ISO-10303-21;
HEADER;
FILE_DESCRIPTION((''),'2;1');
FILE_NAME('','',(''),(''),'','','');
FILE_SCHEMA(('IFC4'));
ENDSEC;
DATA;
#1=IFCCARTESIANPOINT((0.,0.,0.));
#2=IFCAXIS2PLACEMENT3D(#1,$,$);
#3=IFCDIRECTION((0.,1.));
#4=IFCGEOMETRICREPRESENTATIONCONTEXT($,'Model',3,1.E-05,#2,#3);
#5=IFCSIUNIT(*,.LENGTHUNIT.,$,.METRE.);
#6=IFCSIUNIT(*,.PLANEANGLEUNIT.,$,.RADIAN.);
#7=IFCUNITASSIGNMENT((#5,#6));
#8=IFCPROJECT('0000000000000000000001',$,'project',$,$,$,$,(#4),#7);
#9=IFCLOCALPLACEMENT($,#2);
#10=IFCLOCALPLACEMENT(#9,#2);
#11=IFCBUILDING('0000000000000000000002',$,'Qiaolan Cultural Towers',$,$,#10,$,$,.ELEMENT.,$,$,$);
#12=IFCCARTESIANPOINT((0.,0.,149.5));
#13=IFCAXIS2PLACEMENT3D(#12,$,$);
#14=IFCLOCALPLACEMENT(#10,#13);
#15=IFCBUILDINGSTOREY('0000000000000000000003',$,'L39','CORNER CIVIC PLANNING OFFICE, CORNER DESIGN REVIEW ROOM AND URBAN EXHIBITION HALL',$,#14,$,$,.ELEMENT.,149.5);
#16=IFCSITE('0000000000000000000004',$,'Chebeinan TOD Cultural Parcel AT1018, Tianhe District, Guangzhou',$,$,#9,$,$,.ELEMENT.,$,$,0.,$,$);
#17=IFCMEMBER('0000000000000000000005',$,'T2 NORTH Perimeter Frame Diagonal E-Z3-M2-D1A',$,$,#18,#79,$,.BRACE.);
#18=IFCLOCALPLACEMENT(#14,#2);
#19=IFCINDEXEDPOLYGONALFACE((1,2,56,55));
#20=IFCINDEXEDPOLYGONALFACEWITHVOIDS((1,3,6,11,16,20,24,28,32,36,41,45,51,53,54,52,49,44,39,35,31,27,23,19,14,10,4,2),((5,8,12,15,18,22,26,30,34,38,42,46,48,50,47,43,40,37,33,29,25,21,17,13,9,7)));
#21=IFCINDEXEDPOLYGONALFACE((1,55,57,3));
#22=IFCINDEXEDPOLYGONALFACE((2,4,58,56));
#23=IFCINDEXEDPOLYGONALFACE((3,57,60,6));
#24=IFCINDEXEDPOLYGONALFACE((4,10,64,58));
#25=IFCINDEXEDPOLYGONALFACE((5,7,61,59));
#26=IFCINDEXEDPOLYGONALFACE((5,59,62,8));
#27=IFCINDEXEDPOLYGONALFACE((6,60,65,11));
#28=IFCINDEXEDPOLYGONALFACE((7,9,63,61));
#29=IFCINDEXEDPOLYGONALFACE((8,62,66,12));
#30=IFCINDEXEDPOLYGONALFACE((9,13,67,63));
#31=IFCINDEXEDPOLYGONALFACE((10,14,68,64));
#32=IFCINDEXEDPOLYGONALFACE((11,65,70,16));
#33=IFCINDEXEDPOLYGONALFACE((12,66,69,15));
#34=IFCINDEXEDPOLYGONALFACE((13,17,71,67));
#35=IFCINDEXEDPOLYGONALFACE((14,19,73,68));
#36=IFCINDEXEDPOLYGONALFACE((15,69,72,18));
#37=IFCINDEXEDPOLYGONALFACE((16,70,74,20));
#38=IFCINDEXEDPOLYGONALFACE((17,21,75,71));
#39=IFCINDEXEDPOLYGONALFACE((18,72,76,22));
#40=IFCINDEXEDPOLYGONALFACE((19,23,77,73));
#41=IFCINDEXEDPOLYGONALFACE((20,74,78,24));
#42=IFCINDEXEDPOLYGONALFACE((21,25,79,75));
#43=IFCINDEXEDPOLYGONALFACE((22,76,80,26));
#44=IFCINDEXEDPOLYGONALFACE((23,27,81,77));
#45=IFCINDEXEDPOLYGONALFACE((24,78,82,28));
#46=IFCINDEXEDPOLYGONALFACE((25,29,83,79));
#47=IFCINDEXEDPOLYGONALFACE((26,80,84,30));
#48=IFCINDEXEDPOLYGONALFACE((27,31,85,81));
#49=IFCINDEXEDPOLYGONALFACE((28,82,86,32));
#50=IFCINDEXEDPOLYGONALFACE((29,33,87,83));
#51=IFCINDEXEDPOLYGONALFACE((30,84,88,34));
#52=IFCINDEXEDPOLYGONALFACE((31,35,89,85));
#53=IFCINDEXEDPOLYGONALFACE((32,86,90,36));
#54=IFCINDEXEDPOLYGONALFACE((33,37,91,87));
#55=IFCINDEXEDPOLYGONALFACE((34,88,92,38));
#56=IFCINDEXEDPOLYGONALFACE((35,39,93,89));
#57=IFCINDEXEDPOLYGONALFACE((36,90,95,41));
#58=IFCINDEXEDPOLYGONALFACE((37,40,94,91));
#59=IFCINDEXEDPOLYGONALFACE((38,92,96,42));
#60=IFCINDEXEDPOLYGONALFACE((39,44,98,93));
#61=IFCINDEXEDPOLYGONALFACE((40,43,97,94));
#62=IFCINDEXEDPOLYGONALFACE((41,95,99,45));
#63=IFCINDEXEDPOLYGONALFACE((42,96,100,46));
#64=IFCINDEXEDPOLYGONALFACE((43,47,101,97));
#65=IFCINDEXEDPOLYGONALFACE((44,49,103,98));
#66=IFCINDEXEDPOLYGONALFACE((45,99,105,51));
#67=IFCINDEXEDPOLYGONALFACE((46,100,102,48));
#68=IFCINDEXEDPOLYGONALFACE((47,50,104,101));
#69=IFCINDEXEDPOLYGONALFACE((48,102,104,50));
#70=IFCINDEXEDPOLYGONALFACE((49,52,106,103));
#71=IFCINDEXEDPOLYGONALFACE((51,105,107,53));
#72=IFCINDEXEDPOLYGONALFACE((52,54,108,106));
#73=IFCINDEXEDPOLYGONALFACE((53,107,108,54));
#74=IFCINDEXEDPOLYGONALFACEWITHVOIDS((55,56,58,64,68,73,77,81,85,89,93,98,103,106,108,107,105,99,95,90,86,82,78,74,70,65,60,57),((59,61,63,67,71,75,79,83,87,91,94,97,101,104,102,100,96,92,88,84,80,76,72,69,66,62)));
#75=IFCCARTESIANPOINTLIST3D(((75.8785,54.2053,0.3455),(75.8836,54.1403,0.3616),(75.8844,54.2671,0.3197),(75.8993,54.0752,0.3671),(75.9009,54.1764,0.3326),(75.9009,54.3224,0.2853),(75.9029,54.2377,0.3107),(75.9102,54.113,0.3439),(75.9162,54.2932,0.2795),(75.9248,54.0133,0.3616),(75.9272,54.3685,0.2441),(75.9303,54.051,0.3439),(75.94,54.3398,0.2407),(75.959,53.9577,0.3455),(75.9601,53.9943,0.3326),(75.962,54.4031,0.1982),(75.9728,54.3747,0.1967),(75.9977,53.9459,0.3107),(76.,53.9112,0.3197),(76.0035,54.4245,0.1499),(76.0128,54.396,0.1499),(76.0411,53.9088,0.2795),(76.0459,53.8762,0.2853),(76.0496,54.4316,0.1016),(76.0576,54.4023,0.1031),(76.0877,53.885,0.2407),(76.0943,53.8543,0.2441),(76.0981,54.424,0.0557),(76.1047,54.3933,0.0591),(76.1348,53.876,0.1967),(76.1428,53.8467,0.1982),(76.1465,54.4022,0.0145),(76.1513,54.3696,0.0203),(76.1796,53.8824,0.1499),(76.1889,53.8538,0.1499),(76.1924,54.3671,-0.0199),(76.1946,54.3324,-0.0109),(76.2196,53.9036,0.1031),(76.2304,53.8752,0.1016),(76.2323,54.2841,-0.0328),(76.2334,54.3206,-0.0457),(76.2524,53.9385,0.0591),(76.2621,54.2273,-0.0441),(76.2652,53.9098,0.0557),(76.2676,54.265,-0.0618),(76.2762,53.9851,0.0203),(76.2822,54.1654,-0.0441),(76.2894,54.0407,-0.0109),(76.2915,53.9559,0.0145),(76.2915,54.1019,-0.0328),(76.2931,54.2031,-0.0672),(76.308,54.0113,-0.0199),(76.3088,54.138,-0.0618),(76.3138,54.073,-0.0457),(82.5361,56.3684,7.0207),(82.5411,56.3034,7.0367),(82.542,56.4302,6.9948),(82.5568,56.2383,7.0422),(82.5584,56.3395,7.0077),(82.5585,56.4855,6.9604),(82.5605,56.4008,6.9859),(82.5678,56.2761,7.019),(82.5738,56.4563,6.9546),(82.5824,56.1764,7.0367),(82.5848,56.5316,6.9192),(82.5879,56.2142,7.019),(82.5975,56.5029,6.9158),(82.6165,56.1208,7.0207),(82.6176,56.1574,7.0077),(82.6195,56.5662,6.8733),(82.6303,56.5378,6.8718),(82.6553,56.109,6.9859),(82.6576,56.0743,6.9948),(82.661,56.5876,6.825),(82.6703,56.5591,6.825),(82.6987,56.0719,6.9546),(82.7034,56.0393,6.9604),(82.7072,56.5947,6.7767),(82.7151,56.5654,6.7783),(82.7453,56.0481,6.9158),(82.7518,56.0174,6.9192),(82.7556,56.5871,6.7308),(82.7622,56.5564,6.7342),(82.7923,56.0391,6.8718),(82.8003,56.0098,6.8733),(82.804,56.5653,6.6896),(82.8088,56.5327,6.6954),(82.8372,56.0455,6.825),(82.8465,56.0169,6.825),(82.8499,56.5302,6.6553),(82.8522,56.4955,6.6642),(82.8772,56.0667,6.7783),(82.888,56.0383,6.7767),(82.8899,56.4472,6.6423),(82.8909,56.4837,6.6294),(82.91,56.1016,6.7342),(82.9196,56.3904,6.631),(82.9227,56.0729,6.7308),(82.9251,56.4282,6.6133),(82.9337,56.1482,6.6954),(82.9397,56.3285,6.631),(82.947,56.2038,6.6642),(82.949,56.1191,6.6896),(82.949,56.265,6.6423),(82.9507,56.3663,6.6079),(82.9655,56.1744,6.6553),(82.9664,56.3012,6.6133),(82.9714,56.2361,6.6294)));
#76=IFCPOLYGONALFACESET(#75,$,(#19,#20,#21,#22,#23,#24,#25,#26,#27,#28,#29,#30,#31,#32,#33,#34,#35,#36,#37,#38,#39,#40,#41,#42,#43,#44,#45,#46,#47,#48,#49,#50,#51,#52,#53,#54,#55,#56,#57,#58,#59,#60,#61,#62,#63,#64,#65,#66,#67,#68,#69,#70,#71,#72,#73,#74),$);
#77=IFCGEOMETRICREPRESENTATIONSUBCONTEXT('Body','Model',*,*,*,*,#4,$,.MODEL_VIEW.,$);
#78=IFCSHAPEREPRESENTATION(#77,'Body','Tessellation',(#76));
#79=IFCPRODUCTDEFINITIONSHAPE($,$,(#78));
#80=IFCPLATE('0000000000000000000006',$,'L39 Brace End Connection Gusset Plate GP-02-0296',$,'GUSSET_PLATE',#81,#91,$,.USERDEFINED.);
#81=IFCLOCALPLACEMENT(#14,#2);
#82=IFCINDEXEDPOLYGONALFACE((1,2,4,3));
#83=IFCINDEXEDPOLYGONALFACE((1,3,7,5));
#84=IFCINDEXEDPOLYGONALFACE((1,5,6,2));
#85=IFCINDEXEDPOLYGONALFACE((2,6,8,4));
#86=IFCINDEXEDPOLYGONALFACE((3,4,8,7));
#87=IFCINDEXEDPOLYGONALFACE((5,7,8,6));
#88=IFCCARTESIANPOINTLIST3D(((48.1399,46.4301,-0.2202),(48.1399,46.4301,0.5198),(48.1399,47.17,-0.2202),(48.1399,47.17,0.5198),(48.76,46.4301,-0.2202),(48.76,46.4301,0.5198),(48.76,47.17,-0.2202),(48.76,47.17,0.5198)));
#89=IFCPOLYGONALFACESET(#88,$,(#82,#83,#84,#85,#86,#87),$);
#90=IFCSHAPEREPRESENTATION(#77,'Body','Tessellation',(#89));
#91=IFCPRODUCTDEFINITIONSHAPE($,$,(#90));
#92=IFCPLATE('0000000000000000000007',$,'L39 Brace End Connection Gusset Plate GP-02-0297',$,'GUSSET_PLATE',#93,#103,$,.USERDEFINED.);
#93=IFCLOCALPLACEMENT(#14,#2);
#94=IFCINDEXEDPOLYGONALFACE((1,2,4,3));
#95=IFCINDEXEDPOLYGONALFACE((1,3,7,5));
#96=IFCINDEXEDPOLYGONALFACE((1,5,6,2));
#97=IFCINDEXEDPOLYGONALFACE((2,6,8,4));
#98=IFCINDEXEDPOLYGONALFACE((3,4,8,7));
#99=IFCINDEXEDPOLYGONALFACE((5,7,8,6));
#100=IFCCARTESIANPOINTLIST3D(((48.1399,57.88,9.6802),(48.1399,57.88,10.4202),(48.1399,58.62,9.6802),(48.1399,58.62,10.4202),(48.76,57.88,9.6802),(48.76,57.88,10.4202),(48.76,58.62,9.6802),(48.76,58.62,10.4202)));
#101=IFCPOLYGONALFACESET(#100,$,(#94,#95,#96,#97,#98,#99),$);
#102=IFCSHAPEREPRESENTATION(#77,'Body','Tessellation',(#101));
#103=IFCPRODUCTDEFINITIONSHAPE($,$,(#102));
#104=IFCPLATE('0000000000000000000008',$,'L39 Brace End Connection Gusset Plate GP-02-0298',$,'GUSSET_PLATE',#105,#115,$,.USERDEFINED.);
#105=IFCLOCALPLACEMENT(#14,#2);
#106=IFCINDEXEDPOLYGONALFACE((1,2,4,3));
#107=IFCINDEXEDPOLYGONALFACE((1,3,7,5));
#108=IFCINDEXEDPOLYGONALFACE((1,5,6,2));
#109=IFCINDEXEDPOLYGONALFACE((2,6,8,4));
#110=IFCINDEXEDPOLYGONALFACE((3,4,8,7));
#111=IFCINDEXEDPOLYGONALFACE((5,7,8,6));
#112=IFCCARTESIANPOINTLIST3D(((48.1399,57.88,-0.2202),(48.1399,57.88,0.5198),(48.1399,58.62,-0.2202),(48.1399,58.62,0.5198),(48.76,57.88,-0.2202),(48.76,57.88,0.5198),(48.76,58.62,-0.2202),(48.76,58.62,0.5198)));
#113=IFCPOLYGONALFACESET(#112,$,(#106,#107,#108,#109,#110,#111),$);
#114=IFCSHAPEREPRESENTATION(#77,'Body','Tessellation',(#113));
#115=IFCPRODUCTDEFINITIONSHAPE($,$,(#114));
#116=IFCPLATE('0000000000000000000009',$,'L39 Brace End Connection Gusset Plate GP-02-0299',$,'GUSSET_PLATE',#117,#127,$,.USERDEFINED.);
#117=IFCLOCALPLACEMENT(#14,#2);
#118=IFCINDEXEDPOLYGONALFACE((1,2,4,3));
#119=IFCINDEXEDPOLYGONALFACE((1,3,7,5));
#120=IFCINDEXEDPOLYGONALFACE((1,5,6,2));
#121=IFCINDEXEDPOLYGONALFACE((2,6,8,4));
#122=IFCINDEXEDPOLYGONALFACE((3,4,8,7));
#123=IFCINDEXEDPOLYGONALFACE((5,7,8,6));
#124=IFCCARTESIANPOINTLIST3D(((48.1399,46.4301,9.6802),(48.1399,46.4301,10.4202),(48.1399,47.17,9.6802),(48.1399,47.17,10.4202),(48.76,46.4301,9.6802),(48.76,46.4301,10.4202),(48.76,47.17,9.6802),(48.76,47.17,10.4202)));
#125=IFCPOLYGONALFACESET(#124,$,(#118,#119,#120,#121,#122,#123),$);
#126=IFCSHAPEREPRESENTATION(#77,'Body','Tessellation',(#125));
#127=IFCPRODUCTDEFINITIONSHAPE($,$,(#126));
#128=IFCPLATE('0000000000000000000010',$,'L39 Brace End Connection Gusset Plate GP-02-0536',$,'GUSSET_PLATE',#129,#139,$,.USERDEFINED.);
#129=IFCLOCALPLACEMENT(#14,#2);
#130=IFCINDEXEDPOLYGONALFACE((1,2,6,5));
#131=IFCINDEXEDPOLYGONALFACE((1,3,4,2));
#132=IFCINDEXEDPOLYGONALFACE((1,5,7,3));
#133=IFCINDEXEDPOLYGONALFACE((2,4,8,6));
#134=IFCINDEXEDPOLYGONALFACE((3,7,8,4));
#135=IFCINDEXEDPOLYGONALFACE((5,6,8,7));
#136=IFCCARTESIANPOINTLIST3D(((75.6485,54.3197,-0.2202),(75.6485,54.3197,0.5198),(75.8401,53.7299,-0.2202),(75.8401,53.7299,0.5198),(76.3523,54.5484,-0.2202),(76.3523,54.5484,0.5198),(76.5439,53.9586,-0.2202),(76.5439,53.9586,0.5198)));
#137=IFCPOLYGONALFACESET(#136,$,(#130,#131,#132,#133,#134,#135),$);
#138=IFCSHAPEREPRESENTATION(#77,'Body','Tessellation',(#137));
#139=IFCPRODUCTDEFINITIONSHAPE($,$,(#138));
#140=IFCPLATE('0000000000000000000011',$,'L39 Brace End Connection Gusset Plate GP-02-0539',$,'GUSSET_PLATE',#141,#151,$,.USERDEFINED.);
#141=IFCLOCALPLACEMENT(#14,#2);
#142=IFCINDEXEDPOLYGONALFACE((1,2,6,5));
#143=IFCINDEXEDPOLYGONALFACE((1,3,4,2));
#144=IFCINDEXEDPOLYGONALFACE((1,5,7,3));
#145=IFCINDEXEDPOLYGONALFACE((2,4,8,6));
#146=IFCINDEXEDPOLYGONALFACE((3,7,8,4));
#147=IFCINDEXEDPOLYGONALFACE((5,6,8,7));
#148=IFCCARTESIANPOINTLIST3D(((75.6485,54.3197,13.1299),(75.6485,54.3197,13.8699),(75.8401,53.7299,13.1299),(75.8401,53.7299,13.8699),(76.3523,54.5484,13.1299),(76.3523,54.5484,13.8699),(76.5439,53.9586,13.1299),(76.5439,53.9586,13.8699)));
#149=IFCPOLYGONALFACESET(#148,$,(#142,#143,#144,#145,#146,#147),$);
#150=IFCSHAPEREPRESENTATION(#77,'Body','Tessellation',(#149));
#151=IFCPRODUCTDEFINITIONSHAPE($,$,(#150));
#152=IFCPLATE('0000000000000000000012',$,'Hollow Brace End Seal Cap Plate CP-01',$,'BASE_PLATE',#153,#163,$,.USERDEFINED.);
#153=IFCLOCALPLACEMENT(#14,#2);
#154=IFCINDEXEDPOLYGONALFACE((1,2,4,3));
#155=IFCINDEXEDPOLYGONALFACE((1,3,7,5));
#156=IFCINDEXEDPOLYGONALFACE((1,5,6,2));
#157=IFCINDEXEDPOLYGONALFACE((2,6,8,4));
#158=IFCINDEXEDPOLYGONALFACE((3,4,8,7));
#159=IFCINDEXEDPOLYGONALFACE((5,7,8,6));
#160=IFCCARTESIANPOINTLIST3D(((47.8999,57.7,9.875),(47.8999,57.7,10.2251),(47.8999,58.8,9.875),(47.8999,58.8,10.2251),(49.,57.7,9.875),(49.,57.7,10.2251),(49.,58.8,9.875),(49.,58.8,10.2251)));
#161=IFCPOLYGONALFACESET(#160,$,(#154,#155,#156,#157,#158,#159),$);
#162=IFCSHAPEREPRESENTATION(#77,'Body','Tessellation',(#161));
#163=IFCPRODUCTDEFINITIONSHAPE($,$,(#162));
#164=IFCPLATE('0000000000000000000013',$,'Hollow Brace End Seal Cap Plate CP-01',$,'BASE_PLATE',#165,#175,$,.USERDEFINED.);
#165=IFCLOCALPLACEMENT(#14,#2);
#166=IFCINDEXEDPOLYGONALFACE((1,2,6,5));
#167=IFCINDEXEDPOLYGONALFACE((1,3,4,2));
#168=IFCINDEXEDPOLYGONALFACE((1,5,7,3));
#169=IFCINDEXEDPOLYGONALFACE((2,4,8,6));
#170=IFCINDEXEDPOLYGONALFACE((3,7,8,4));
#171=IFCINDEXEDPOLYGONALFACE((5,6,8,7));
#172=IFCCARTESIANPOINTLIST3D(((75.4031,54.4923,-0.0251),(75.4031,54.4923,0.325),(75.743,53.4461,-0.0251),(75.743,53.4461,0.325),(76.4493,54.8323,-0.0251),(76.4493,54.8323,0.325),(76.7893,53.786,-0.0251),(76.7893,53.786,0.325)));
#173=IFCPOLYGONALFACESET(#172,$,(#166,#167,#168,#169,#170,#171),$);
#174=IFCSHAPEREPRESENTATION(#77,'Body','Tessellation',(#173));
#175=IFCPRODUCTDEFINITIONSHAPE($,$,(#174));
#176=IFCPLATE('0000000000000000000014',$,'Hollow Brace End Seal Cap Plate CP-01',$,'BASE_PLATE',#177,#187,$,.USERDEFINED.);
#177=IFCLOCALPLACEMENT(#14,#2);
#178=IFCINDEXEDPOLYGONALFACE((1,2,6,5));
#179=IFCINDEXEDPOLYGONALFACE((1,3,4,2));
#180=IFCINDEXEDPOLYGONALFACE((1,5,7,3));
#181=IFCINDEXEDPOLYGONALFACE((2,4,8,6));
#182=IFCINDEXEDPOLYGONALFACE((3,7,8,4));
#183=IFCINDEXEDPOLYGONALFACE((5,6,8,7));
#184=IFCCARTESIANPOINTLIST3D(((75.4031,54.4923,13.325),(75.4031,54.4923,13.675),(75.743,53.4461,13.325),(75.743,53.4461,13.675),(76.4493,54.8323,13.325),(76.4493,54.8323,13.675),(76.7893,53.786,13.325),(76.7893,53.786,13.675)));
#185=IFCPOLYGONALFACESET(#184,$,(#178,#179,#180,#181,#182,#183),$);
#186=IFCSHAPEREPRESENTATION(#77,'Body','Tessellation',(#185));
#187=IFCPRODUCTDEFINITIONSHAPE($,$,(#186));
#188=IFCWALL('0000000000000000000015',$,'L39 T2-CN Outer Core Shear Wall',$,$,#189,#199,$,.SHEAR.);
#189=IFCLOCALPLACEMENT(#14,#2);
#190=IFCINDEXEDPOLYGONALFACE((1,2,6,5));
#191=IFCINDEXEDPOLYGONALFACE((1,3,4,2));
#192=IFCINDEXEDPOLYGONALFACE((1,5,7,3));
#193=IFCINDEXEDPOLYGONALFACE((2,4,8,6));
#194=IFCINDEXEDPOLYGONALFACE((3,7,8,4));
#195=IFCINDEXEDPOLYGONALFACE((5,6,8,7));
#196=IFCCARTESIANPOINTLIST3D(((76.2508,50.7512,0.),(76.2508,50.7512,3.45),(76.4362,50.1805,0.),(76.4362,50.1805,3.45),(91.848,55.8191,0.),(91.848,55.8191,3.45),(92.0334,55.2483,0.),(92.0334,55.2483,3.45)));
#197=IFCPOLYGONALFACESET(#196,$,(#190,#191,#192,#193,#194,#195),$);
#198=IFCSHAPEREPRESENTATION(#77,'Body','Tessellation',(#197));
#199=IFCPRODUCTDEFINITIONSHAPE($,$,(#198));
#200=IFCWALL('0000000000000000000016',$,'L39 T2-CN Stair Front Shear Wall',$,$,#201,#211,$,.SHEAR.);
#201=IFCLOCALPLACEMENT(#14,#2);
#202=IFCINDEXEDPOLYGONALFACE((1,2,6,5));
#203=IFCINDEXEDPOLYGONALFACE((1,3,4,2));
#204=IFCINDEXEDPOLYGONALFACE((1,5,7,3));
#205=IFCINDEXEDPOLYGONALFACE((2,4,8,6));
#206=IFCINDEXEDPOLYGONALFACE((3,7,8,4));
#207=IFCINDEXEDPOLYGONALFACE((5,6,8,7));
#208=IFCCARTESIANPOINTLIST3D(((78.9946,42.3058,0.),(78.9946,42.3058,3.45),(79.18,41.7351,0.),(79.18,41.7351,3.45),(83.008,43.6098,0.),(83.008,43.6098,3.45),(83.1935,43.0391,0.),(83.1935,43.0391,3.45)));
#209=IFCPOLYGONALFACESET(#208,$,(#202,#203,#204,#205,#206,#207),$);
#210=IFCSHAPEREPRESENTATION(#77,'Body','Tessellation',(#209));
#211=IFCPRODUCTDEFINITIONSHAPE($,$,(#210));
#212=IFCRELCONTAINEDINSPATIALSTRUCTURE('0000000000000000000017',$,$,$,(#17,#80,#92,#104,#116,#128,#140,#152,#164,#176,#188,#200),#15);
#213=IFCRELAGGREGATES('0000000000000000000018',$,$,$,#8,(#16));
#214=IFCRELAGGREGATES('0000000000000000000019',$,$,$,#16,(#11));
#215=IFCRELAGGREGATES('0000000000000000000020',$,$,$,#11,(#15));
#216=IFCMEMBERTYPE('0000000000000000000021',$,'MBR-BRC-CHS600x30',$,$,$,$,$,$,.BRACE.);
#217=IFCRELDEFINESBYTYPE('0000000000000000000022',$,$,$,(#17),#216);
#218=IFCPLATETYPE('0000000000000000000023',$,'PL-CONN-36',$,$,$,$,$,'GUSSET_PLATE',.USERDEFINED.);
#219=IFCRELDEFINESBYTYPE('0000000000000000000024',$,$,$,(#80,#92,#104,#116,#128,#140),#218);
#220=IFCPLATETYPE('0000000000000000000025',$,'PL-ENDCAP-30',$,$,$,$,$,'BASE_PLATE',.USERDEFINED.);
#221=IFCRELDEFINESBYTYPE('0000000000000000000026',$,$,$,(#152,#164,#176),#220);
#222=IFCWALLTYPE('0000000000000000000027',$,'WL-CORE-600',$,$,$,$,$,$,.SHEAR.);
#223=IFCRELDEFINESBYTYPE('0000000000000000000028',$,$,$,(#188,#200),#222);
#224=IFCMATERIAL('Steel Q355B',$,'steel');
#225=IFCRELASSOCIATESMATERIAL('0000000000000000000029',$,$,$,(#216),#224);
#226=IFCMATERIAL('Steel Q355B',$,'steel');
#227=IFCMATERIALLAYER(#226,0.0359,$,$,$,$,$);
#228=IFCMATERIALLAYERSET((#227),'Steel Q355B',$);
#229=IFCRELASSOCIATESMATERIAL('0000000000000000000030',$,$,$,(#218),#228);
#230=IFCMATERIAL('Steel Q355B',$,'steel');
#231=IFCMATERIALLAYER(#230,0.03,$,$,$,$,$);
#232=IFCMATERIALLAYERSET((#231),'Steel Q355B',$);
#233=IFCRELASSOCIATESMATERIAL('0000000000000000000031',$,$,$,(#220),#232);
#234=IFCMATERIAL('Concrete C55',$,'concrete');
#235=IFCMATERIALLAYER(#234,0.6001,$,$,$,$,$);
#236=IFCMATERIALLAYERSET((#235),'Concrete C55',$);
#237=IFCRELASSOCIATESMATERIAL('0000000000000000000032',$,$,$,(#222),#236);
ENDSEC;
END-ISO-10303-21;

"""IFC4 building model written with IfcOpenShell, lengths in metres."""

from ifc_helpers import new_model, si_unit, direction, frame, frame_2d, origin, origin_2d, place, context, subcontext, project, spatial, rectangle, hollow_circle, extrude, material, layer, layer_set, material_profile, profile_set, type_object, element, save


model = new_model("IFC4")

# Units and contexts
model_context = context("Model", 3, precision=1e-05, world=origin(), true_north=direction((0.0, 1.0)))
body_context = subcontext(model_context, "Body", "Model", "MODEL_VIEW")
ifc_project = project(units=[si_unit("LENGTHUNIT", "METRE"), si_unit("PLANEANGLEUNIT", "RADIAN")], contexts=[model_context])

# Site, building, storey
site_placement = place(None, origin())
site = spatial("IfcSite", under=ifc_project, at=site_placement, Name="Chebeinan TOD Cultural Parcel AT1018, Tianhe District, Guangzhou", CompositionType="ELEMENT", RefElevation=0.0)
building_placement = place(site_placement, origin())
building = spatial("IfcBuilding", under=site, at=building_placement, Name="Qiaolan Cultural Towers", CompositionType="ELEMENT")
storey_placement = place(building_placement, frame((0.0, 0.0, 149.5)))
storey = spatial("IfcBuildingStorey", under=building, at=storey_placement, Name="L39", Description="CORNER CIVIC PLANNING OFFICE, CORNER DESIGN REVIEW ROOM AND URBAN EXHIBITION HALL", CompositionType="ELEMENT", Elevation=149.5)

# Member
ifc_material_1 = material(Name="Steel Q355B", Category="steel")
ifc_material_profile_1 = material_profile(ifc_material_1, hollow_circle(Radius=0.3, WallThickness=0.03, at=origin_2d()), Name="CHS600x30")
ifc_profile_set_1 = profile_set([ifc_material_profile_1], Name="Steel Q355B")
member_type = type_object("IfcMemberType", Name="MBR-BRC-CHS600x30", PredefinedType="BRACE", material=ifc_profile_set_1)
member_placement = place(storey_placement, frame((76.0962, 54.1392, 0.1499), z_axis=(0.688289, 0.223633, 0.690106), x_axis=(-0.30901, 0.951059, 0.0)))
element("IfcMember", 1, at=member_placement, inside=storey, type_object=member_type, Name="T2 NORTH Perimeter Frame Diagonal E-Z3-M2-D1A", PredefinedType="BRACE", context=body_context, shape_type="SweptSolid", body=[
    extrude(hollow_circle(Radius=0.3, WallThickness=0.03, at=origin_2d()), origin(), (0.0, 0.0, 1.0), 9.6726),
])

# Plates
ifc_material_2 = material(Name="Steel Q355B", Category="steel")
ifc_layer_1 = layer(ifc_material_2, 0.0359)
ifc_layer_set_1 = layer_set([ifc_layer_1], Name="Steel Q355B")
plate_type_1 = type_object("IfcPlateType", Name="PL-CONN-36", ElementType="GUSSET_PLATE", PredefinedType="USERDEFINED", material=ifc_layer_set_1)
for number, where, z_axis, x_axis, name in (
    (2, (48.45, 46.8, -0.2202), (0.0, 0.0, 1.0), (0.0, 1.0, 0.0), "L39 Brace End Connection Gusset Plate GP-02-0296"),
    (3, (48.45, 58.25, 9.6802), (0.0, 0.0, 1.0), (0.0, 1.0, 0.0), "L39 Brace End Connection Gusset Plate GP-02-0297"),
    (4, (48.45, 58.25, -0.2202), (0.0, 0.0, 1.0), (0.0, 1.0, 0.0), "L39 Brace End Connection Gusset Plate GP-02-0298"),
    (5, (48.45, 46.8, 9.6802), (0.0, 0.0, 1.0), (0.0, 1.0, 0.0), "L39 Brace End Connection Gusset Plate GP-02-0299"),
    (6, (76.0962, 54.1392, -0.2202), (0.0, 0.0, 1.0), (0.951057, 0.309017, 0.0), "L39 Brace End Connection Gusset Plate GP-02-0536"),
    (7, (76.0962, 54.1392, 13.1299), (0.0, 0.0, 1.0), (0.951057, 0.309017, 0.0), "L39 Brace End Connection Gusset Plate GP-02-0539"),
):
    element("IfcPlate", number, at=place(storey_placement, frame(where, z_axis=z_axis, x_axis=x_axis)), inside=storey, type_object=plate_type_1, Name=name, ObjectType="GUSSET_PLATE", PredefinedType="USERDEFINED", context=body_context, shape_type="SweptSolid", body=[
        extrude(rectangle(XDim=0.74, YDim=0.6201, at=origin_2d()), origin(), (0.0, 0.0, 1.0), 0.74),
    ])
ifc_material_3 = material(Name="Steel Q355B", Category="steel")
ifc_layer_2 = layer(ifc_material_3, 0.03)
ifc_layer_set_2 = layer_set([ifc_layer_2], Name="Steel Q355B")
plate_type_2 = type_object("IfcPlateType", Name="PL-ENDCAP-30", ElementType="BASE_PLATE", PredefinedType="USERDEFINED", material=ifc_layer_set_2)
for number, where, z_axis, x_axis, name in (
    (8, (48.45, 58.25, 9.875), (0.0, 0.0, 1.0), (0.0, 1.0, 0.0), "Hollow Brace End Seal Cap Plate CP-01"),
    (9, (76.0962, 54.1392, -0.0251), (0.0, 0.0, 1.0), (0.951057, 0.309017, 0.0), "Hollow Brace End Seal Cap Plate CP-01"),
    (10, (76.0962, 54.1392, 13.325), (0.0, 0.0, 1.0), (0.951057, 0.309017, 0.0), "Hollow Brace End Seal Cap Plate CP-01"),
):
    element("IfcPlate", number, at=place(storey_placement, frame(where, z_axis=z_axis, x_axis=x_axis)), inside=storey, type_object=plate_type_2, Name=name, ObjectType="BASE_PLATE", PredefinedType="USERDEFINED", context=body_context, shape_type="SweptSolid", body=[
        extrude(rectangle(XDim=1.1001, YDim=1.1001, at=origin_2d()), origin(), (0.0, 0.0, 1.0), 0.3501),
    ])

# Walls
ifc_material_4 = material(Name="Concrete C55", Category="concrete")
ifc_layer_3 = layer(ifc_material_4, 0.6001)
ifc_layer_set_3 = layer_set([ifc_layer_3], Name="Concrete C55")
wall_type_1 = type_object("IfcWallType", Name="WL-CORE-600", PredefinedType="SHEAR", material=ifc_layer_set_3)
wall_1_placement = place(storey_placement, frame((76.3435, 50.4658, 0.0), z_axis=(0.0, 0.0, 1.0), x_axis=(0.951056, 0.309019, 0.0)))
element("IfcWall", 11, at=wall_1_placement, inside=storey, type_object=wall_type_1, Name="L39 T2-CN Outer Core Shear Wall", PredefinedType="SHEAR", context=body_context, shape_type="SweptSolid", body=[
    extrude(rectangle(XDim=16.3999, YDim=0.6001, at=frame_2d((8.2, 0.0))), origin(), (0.0, 0.0, 1.0), 3.45),
])
wall_2_placement = place(storey_placement, frame((79.0874, 42.0205, 0.0), z_axis=(0.0, 0.0, 1.0), x_axis=(0.951063, 0.308998, 0.0)))
element("IfcWall", 12, at=wall_2_placement, inside=storey, type_object=wall_type_1, Name="L39 T2-CN Stair Front Shear Wall", PredefinedType="SHEAR", context=body_context, shape_type="SweptSolid", body=[
    extrude(rectangle(XDim=4.22, YDim=0.6001, at=frame_2d((2.1099, 0.0))), origin(), (0.0, 0.0, 1.0), 3.45),
])

save(model, "model.ifc")
